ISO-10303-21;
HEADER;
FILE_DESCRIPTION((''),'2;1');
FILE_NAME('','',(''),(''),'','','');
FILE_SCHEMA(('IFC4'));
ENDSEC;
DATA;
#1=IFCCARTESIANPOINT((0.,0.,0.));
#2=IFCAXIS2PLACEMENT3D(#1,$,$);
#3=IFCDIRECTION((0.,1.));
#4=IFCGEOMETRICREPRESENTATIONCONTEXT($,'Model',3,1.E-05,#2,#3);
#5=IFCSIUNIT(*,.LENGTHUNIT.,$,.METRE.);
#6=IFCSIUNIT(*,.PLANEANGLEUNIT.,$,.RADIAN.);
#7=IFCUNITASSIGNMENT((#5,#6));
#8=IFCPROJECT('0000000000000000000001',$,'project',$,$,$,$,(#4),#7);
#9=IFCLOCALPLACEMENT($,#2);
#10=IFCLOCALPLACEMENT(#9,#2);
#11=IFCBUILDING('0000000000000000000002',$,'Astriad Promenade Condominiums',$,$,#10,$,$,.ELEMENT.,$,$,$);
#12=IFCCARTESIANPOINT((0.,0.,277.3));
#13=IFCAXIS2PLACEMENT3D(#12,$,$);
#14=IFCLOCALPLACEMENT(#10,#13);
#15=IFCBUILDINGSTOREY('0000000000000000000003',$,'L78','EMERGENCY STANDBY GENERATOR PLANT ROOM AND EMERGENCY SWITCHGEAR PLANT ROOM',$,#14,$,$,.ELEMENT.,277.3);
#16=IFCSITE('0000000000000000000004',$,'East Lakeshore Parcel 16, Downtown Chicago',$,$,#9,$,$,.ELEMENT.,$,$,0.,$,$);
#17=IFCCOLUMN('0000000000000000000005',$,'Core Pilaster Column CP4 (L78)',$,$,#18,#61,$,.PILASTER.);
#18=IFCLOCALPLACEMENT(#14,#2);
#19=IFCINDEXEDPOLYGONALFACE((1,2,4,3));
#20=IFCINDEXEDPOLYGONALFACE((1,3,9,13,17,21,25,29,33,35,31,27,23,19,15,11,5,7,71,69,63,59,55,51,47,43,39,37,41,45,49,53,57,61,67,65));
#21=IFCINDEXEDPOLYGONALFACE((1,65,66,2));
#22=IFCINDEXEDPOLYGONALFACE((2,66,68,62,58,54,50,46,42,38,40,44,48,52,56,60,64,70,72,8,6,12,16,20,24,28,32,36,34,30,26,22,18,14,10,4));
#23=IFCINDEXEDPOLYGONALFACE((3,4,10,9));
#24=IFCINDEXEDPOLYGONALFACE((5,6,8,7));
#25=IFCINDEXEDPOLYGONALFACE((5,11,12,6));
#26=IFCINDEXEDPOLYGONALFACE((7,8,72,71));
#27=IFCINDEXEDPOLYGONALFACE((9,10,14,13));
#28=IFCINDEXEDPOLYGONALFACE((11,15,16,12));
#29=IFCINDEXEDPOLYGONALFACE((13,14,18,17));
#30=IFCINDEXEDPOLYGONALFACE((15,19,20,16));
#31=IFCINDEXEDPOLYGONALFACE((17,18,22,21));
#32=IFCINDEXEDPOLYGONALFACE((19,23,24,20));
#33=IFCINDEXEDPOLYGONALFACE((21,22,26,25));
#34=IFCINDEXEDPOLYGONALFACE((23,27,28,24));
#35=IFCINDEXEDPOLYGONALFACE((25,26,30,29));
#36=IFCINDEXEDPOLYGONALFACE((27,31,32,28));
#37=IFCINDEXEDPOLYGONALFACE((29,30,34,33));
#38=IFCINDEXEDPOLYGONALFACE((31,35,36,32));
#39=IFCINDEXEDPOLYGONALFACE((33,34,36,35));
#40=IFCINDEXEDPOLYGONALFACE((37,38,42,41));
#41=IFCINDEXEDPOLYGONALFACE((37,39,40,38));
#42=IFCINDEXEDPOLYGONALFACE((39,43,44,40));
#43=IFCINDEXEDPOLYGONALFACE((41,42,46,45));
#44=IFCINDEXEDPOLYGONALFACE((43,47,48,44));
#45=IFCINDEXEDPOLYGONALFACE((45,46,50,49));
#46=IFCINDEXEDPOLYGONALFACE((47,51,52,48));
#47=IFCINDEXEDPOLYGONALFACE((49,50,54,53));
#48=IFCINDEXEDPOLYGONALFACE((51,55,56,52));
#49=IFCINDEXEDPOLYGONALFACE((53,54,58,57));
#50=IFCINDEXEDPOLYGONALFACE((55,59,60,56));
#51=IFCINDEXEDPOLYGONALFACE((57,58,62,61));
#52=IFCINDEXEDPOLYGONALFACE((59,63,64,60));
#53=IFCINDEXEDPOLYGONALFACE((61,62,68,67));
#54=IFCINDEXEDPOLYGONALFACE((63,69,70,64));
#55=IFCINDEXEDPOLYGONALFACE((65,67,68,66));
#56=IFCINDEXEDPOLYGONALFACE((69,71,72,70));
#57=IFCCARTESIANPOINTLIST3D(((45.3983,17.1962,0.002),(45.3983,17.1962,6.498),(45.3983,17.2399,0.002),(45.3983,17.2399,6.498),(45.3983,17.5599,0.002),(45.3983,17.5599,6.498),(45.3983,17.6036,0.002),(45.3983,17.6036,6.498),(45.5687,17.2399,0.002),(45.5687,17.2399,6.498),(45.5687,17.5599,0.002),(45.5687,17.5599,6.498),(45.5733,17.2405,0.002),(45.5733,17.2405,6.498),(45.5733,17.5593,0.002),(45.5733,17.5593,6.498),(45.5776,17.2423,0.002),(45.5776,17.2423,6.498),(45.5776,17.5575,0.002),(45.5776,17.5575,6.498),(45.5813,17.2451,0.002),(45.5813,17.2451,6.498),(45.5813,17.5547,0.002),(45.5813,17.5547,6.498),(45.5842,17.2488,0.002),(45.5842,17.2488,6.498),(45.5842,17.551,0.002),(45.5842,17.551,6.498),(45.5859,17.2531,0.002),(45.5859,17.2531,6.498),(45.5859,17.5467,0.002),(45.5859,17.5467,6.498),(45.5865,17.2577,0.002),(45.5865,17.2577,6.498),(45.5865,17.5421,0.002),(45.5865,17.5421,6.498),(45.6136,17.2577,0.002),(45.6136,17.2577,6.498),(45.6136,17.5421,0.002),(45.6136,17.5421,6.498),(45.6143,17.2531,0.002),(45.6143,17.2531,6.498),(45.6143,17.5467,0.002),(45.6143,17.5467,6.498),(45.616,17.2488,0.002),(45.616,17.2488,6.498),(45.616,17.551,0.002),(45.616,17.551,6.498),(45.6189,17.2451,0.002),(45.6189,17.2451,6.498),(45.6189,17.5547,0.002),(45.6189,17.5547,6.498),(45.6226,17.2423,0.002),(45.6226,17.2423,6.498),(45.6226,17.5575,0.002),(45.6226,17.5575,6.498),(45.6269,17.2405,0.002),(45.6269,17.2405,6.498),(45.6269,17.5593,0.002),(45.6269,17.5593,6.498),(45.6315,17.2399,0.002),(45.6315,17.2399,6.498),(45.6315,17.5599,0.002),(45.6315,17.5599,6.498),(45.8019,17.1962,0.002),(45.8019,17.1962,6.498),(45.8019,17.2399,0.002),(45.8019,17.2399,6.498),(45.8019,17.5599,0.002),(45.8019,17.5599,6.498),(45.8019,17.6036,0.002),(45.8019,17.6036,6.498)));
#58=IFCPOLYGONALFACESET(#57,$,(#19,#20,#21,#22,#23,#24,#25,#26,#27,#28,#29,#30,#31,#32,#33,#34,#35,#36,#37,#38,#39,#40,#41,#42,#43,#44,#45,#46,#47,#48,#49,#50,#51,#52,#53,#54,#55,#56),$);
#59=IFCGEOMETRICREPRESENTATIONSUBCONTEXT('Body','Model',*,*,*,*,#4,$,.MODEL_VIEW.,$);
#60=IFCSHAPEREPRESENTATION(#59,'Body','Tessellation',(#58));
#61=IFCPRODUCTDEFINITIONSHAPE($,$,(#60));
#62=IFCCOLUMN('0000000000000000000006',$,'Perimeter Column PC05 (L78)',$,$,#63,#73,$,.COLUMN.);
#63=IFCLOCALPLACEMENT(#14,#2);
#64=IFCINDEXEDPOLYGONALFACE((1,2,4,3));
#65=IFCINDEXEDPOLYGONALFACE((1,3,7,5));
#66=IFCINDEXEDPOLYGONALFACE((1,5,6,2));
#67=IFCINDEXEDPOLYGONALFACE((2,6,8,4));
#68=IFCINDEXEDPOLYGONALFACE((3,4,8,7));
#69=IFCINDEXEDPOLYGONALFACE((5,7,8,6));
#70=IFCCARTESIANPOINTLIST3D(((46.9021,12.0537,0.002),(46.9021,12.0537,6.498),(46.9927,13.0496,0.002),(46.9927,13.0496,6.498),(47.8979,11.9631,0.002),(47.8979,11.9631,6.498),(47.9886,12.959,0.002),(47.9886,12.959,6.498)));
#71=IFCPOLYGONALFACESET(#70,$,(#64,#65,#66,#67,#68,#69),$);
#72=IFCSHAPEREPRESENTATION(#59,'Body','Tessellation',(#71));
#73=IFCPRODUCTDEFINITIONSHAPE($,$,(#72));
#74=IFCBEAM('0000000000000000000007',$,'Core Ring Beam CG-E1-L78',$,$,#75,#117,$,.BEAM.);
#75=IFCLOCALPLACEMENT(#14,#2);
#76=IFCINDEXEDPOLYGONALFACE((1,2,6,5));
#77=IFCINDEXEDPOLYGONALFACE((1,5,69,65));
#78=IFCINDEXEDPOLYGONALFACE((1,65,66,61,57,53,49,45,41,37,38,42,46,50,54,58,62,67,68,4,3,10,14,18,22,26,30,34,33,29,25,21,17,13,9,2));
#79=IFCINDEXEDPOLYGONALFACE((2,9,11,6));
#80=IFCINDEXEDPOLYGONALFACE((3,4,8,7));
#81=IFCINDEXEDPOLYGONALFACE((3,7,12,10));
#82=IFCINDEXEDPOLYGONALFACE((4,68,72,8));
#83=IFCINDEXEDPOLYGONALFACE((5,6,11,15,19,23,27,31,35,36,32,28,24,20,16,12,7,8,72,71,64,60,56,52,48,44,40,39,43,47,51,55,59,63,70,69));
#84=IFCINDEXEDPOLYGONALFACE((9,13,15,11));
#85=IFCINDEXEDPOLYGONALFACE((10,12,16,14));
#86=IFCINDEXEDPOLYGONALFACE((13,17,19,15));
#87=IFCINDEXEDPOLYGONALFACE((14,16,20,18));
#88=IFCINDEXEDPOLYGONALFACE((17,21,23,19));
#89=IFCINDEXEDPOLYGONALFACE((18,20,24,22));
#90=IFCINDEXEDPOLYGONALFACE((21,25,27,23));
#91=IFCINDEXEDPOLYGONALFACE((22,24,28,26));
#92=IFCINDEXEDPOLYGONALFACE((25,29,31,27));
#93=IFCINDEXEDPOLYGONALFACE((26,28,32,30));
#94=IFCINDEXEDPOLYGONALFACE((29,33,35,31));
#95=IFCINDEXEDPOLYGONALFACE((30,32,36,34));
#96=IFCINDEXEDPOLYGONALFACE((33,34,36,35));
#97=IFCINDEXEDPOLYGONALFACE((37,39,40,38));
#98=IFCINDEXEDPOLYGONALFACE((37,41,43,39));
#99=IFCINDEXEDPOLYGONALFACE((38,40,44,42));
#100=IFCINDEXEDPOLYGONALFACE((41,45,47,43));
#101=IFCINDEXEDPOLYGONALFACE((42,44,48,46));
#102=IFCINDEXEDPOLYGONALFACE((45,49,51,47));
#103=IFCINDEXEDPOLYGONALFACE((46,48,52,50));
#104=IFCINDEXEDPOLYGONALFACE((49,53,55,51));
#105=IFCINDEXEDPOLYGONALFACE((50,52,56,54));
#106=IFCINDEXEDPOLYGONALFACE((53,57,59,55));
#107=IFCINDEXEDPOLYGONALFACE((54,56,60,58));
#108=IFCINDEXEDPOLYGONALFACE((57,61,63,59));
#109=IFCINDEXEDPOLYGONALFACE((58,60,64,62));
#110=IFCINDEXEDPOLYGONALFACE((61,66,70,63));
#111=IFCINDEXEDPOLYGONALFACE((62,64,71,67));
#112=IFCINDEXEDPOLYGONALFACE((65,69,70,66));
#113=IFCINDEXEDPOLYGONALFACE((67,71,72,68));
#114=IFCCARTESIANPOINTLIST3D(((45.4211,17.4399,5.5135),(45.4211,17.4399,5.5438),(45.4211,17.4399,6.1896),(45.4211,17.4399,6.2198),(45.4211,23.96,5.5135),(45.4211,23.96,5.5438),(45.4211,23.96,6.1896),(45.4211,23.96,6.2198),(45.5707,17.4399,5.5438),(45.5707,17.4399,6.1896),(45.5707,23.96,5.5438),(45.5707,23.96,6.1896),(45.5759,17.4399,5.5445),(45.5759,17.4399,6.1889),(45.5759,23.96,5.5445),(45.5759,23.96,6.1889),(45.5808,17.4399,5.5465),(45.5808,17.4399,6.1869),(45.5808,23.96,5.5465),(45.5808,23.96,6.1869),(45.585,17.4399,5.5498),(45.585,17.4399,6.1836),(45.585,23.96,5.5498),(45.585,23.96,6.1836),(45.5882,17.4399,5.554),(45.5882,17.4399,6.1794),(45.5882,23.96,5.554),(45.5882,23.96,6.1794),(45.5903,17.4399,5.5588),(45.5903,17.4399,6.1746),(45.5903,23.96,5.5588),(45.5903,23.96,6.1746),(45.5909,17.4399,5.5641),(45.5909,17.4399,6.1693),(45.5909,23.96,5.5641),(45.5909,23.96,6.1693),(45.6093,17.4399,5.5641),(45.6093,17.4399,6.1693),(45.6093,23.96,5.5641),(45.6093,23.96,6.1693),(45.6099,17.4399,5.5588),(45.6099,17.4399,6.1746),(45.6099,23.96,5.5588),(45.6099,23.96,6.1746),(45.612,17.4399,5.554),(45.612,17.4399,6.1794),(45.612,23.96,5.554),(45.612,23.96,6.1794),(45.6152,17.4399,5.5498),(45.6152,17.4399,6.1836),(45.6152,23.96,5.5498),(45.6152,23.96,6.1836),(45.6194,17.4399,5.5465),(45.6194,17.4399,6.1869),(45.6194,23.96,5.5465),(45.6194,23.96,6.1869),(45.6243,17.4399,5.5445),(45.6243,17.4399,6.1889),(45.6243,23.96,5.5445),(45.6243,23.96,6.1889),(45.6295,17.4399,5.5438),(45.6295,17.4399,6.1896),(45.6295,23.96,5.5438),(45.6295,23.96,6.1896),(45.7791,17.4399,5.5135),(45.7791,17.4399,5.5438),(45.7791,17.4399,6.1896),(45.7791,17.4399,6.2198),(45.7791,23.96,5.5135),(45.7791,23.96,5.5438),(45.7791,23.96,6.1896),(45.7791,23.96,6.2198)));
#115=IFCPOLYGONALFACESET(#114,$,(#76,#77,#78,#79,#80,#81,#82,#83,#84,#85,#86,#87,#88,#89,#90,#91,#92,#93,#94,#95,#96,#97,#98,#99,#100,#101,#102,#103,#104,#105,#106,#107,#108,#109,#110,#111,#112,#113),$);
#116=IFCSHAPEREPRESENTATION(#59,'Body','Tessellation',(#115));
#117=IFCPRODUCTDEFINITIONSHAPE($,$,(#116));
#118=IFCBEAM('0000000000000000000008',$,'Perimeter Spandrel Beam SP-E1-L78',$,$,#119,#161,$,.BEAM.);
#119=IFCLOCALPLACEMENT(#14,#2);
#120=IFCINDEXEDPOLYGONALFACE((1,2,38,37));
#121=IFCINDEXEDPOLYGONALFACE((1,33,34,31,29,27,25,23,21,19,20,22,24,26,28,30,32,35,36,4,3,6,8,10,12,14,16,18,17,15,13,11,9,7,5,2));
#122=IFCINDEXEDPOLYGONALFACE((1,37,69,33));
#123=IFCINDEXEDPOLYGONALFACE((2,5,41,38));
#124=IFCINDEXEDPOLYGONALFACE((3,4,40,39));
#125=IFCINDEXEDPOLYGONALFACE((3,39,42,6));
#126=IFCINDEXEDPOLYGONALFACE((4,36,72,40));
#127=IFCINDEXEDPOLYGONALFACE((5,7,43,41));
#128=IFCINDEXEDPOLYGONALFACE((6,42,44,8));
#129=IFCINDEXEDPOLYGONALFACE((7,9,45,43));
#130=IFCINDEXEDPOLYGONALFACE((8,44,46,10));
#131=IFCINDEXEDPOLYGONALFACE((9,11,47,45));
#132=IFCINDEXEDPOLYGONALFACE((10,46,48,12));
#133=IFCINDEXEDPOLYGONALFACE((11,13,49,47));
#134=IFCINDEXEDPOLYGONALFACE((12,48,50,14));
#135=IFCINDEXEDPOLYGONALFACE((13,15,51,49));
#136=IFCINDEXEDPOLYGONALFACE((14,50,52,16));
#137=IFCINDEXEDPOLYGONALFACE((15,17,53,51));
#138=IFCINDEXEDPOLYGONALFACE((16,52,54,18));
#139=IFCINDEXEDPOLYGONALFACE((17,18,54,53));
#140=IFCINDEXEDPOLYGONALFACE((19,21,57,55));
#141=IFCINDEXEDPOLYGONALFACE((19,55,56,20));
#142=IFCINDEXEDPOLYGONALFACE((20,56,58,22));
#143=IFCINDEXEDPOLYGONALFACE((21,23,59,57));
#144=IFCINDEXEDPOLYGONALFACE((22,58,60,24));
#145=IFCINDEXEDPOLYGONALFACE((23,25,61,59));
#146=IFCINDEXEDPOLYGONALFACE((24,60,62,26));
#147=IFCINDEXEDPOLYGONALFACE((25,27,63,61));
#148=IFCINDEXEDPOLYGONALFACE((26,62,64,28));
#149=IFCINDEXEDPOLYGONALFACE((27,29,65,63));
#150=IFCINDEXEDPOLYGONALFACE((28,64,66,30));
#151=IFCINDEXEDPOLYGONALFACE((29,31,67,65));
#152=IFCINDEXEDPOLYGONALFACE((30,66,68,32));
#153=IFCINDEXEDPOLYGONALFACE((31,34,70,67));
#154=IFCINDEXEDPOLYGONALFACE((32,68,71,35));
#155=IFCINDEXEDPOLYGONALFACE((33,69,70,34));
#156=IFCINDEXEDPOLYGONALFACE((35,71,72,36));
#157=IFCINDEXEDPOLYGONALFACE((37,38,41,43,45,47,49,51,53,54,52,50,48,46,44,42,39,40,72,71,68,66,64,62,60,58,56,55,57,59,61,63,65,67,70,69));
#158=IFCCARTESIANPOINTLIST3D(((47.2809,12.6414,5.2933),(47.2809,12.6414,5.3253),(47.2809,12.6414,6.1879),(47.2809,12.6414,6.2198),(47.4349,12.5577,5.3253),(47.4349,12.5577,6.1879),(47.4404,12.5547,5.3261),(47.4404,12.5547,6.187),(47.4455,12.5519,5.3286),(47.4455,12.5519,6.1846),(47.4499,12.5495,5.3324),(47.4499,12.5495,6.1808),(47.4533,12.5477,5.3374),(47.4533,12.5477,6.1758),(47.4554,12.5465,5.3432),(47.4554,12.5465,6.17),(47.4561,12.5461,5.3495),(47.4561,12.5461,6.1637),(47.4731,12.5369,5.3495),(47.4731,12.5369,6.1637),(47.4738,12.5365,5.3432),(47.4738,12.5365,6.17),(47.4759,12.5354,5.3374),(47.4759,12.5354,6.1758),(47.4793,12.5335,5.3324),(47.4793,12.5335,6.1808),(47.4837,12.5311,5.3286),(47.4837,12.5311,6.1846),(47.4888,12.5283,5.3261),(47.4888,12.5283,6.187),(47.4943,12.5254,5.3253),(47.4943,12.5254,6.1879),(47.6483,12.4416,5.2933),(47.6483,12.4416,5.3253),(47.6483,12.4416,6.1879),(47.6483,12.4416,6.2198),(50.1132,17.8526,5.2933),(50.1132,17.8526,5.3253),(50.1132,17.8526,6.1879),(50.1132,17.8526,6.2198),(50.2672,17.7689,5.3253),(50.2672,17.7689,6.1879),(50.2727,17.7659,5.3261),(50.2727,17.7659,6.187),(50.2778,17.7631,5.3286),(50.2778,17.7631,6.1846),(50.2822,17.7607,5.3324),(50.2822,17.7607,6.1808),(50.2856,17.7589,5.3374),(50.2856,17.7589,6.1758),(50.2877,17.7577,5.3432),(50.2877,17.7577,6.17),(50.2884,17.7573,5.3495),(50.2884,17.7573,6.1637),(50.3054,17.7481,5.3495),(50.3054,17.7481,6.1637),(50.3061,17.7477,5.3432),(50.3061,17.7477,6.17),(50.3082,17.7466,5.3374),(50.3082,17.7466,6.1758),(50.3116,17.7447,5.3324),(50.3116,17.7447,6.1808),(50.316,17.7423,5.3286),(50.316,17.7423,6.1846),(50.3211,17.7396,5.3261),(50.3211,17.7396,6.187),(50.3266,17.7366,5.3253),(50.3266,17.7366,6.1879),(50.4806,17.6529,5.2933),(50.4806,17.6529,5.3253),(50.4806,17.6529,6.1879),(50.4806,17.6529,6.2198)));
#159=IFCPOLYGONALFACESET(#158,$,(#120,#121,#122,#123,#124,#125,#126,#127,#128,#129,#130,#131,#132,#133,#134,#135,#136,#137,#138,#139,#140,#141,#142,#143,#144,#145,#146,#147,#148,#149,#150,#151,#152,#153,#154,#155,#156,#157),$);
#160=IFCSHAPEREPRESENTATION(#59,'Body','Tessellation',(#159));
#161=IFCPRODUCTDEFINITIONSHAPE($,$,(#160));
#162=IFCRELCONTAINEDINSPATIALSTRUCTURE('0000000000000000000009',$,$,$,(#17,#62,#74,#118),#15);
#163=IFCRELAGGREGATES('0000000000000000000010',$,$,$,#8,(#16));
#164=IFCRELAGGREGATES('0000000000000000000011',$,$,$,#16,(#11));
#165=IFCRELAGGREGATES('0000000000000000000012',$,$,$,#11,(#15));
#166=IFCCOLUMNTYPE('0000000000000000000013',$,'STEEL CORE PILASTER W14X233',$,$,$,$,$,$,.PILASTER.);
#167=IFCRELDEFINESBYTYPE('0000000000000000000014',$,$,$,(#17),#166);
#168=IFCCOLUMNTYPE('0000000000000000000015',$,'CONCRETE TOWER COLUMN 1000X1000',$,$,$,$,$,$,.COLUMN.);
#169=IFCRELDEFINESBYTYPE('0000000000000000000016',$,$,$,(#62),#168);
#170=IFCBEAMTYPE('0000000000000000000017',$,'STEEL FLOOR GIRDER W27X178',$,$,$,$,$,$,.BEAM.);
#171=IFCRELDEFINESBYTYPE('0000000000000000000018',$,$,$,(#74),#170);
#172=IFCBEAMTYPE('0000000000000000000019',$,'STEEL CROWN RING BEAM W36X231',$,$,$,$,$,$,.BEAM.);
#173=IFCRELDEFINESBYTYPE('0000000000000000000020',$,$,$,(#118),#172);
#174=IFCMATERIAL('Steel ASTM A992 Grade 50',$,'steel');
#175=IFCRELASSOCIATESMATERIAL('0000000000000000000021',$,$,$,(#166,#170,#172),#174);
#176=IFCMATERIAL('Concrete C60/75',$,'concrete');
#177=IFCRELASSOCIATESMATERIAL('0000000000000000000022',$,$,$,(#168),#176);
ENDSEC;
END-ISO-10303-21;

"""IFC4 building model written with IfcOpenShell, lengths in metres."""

from ifc_helpers import new_model, si_unit, direction, frame, origin, origin_2d, place, context, subcontext, project, spatial, rectangle, i_section, extrude, source, transform, mapped, material, material_profile, profile_set, type_object, type_shapes, element, save


model = new_model("IFC4")

# Units and contexts
model_context = context("Model", 3, precision=1e-05, world=origin(), true_north=direction((0.0, 1.0)))
body_context = subcontext(model_context, "Body", "Model", "MODEL_VIEW")
ifc_project = project(units=[si_unit("LENGTHUNIT", "METRE"), si_unit("PLANEANGLEUNIT", "RADIAN")], contexts=[model_context])

# Site, building, storey
site_placement = place(None, origin())
site = spatial("IfcSite", under=ifc_project, at=site_placement, Name="East Lakeshore Parcel 16, Downtown Chicago", CompositionType="ELEMENT", RefElevation=0.0)
building_placement = place(site_placement, origin())
building = spatial("IfcBuilding", under=site, at=building_placement, Name="Astriad Promenade Condominiums", CompositionType="ELEMENT")
storey_placement = place(building_placement, frame((0.0, 0.0, 277.3)))
storey = spatial("IfcBuildingStorey", under=building, at=storey_placement, Name="L78", Description="EMERGENCY STANDBY GENERATOR PLANT ROOM AND EMERGENCY SWITCHGEAR PLANT ROOM", CompositionType="ELEMENT", Elevation=277.3)

# Columns
ifc_material_1 = material(Name="Steel ASTM A992 Grade 50", Category="steel")
ifc_material_profile_1 = material_profile(ifc_material_1, i_section(OverallWidth=0.4036, OverallDepth=0.4075, WebThickness=0.0271, FlangeThickness=0.0437, FilletRadius=0.0178, at=origin_2d()), Name="W14X233")
ifc_profile_set_1 = profile_set([ifc_material_profile_1], Name="Steel ASTM A992 Grade 50")
column_type_1 = type_object("IfcColumnType", Name="STEEL CORE PILASTER W14X233", PredefinedType="PILASTER", material=ifc_profile_set_1)
shared_shape_1 = source(origin(), body_context, "Body", "SweptSolid", [
    extrude(i_section(OverallWidth=0.4036, OverallDepth=0.4075, WebThickness=0.0271, FlangeThickness=0.0437, FilletRadius=0.0178, at=origin_2d()), origin(), (0.0, 0.0, 1.0), 6.4961),
])
type_shapes(column_type_1, [shared_shape_1])
column_1_placement = place(storey_placement, frame((45.6001, 17.3999, 0.002), z_axis=(0.0, 0.0, 1.0), x_axis=(1.0, 0.0, 0.0)))
element("IfcColumn", 1, at=column_1_placement, inside=storey, type_object=column_type_1, Name="Core Pilaster Column CP4 (L78)", PredefinedType="PILASTER", context=body_context, shape_type="MappedRepresentation", body=[
    mapped(shared_shape_1, transform((0.0, 0.0, 0.0), scale=1.0)),
])
ifc_material_2 = material(Name="Concrete C60/75", Category="concrete")
ifc_material_profile_2 = material_profile(ifc_material_2, rectangle(XDim=1.0, YDim=1.0, at=origin_2d()), Name="RC-COL-1000X1000")
ifc_profile_set_2 = profile_set([ifc_material_profile_2], Name="Concrete C60/75")
column_type_2 = type_object("IfcColumnType", Name="CONCRETE TOWER COLUMN 1000X1000", PredefinedType="COLUMN", material=ifc_profile_set_2)
shared_shape_2 = source(origin(), body_context, "Body", "SweptSolid", [
    extrude(rectangle(XDim=1.0, YDim=1.0, at=origin_2d()), origin(), (0.0, 0.0, 1.0), 6.4961),
])
type_shapes(column_type_2, [shared_shape_2])
column_2_placement = place(storey_placement, frame((47.4453, 12.5063, 0.002), z_axis=(0.0, 0.0, 1.0), x_axis=(0.995884, -0.090633, 0.0)))
element("IfcColumn", 2, at=column_2_placement, inside=storey, type_object=column_type_2, Name="Perimeter Column PC05 (L78)", PredefinedType="COLUMN", context=body_context, shape_type="MappedRepresentation", body=[
    mapped(shared_shape_2, transform((0.0, 0.0, 0.0), scale=1.0)),
])

# Beams
ifc_material_profile_3 = material_profile(ifc_material_1, i_section(OverallWidth=0.3579, OverallDepth=0.7063, WebThickness=0.0183, FlangeThickness=0.0303, FilletRadius=0.0203, at=origin_2d()), Name="W27X178")
ifc_profile_set_3 = profile_set([ifc_material_profile_3], Name="Steel ASTM A992 Grade 50")
beam_type_1 = type_object("IfcBeamType", Name="STEEL FLOOR GIRDER W27X178", PredefinedType="BEAM", material=ifc_profile_set_3)
shared_shape_3 = source(origin(), body_context, "Body", "SweptSolid", [
    extrude(i_section(OverallWidth=0.3579, OverallDepth=0.7063, WebThickness=0.0183, FlangeThickness=0.0303, FilletRadius=0.0203, at=origin_2d()), origin(), (0.0, 0.0, 1.0), 6.52),
])
type_shapes(beam_type_1, [shared_shape_3])
beam_1_placement = place(storey_placement, frame((45.6001, 17.4399, 5.8667), z_axis=(0.0, 1.0, 0.0), x_axis=(-1.0, 0.0, 0.0)))
element("IfcBeam", 3, at=beam_1_placement, inside=storey, type_object=beam_type_1, Name="Core Ring Beam CG-E1-L78", PredefinedType="BEAM", context=body_context, shape_type="MappedRepresentation", body=[
    mapped(shared_shape_3, transform((0.0, 0.0, 0.0), scale=1.0)),
])
ifc_material_profile_4 = material_profile(ifc_material_1, i_section(OverallWidth=0.4182, OverallDepth=0.9265, WebThickness=0.0193, FlangeThickness=0.032, FilletRadius=0.0242, at=origin_2d()), Name="W36X231")
ifc_profile_set_4 = profile_set([ifc_material_profile_4], Name="Steel ASTM A992 Grade 50")
beam_type_2 = type_object("IfcBeamType", Name="STEEL CROWN RING BEAM W36X231", PredefinedType="BEAM", material=ifc_profile_set_4)
shared_shape_4 = source(origin(), body_context, "Body", "SweptSolid", [
    extrude(i_section(OverallWidth=0.4182, OverallDepth=0.9265, WebThickness=0.0193, FlangeThickness=0.032, FilletRadius=0.0242, at=origin_2d()), origin(), (0.0, 0.0, 1.0), 5.9312),
])
type_shapes(beam_type_2, [shared_shape_4])
beam_2_placement = place(storey_placement, frame((47.4646, 12.5415, 5.7566), z_axis=(0.477528, 0.878617, 0.0), x_axis=(-0.878617, 0.477528, 0.0)))
element("IfcBeam", 4, at=beam_2_placement, inside=storey, type_object=beam_type_2, Name="Perimeter Spandrel Beam SP-E1-L78", PredefinedType="BEAM", context=body_context, shape_type="MappedRepresentation", body=[
    mapped(shared_shape_4, transform((0.0, 0.0, 0.0), scale=1.0)),
])

save(model, "model.ifc")
